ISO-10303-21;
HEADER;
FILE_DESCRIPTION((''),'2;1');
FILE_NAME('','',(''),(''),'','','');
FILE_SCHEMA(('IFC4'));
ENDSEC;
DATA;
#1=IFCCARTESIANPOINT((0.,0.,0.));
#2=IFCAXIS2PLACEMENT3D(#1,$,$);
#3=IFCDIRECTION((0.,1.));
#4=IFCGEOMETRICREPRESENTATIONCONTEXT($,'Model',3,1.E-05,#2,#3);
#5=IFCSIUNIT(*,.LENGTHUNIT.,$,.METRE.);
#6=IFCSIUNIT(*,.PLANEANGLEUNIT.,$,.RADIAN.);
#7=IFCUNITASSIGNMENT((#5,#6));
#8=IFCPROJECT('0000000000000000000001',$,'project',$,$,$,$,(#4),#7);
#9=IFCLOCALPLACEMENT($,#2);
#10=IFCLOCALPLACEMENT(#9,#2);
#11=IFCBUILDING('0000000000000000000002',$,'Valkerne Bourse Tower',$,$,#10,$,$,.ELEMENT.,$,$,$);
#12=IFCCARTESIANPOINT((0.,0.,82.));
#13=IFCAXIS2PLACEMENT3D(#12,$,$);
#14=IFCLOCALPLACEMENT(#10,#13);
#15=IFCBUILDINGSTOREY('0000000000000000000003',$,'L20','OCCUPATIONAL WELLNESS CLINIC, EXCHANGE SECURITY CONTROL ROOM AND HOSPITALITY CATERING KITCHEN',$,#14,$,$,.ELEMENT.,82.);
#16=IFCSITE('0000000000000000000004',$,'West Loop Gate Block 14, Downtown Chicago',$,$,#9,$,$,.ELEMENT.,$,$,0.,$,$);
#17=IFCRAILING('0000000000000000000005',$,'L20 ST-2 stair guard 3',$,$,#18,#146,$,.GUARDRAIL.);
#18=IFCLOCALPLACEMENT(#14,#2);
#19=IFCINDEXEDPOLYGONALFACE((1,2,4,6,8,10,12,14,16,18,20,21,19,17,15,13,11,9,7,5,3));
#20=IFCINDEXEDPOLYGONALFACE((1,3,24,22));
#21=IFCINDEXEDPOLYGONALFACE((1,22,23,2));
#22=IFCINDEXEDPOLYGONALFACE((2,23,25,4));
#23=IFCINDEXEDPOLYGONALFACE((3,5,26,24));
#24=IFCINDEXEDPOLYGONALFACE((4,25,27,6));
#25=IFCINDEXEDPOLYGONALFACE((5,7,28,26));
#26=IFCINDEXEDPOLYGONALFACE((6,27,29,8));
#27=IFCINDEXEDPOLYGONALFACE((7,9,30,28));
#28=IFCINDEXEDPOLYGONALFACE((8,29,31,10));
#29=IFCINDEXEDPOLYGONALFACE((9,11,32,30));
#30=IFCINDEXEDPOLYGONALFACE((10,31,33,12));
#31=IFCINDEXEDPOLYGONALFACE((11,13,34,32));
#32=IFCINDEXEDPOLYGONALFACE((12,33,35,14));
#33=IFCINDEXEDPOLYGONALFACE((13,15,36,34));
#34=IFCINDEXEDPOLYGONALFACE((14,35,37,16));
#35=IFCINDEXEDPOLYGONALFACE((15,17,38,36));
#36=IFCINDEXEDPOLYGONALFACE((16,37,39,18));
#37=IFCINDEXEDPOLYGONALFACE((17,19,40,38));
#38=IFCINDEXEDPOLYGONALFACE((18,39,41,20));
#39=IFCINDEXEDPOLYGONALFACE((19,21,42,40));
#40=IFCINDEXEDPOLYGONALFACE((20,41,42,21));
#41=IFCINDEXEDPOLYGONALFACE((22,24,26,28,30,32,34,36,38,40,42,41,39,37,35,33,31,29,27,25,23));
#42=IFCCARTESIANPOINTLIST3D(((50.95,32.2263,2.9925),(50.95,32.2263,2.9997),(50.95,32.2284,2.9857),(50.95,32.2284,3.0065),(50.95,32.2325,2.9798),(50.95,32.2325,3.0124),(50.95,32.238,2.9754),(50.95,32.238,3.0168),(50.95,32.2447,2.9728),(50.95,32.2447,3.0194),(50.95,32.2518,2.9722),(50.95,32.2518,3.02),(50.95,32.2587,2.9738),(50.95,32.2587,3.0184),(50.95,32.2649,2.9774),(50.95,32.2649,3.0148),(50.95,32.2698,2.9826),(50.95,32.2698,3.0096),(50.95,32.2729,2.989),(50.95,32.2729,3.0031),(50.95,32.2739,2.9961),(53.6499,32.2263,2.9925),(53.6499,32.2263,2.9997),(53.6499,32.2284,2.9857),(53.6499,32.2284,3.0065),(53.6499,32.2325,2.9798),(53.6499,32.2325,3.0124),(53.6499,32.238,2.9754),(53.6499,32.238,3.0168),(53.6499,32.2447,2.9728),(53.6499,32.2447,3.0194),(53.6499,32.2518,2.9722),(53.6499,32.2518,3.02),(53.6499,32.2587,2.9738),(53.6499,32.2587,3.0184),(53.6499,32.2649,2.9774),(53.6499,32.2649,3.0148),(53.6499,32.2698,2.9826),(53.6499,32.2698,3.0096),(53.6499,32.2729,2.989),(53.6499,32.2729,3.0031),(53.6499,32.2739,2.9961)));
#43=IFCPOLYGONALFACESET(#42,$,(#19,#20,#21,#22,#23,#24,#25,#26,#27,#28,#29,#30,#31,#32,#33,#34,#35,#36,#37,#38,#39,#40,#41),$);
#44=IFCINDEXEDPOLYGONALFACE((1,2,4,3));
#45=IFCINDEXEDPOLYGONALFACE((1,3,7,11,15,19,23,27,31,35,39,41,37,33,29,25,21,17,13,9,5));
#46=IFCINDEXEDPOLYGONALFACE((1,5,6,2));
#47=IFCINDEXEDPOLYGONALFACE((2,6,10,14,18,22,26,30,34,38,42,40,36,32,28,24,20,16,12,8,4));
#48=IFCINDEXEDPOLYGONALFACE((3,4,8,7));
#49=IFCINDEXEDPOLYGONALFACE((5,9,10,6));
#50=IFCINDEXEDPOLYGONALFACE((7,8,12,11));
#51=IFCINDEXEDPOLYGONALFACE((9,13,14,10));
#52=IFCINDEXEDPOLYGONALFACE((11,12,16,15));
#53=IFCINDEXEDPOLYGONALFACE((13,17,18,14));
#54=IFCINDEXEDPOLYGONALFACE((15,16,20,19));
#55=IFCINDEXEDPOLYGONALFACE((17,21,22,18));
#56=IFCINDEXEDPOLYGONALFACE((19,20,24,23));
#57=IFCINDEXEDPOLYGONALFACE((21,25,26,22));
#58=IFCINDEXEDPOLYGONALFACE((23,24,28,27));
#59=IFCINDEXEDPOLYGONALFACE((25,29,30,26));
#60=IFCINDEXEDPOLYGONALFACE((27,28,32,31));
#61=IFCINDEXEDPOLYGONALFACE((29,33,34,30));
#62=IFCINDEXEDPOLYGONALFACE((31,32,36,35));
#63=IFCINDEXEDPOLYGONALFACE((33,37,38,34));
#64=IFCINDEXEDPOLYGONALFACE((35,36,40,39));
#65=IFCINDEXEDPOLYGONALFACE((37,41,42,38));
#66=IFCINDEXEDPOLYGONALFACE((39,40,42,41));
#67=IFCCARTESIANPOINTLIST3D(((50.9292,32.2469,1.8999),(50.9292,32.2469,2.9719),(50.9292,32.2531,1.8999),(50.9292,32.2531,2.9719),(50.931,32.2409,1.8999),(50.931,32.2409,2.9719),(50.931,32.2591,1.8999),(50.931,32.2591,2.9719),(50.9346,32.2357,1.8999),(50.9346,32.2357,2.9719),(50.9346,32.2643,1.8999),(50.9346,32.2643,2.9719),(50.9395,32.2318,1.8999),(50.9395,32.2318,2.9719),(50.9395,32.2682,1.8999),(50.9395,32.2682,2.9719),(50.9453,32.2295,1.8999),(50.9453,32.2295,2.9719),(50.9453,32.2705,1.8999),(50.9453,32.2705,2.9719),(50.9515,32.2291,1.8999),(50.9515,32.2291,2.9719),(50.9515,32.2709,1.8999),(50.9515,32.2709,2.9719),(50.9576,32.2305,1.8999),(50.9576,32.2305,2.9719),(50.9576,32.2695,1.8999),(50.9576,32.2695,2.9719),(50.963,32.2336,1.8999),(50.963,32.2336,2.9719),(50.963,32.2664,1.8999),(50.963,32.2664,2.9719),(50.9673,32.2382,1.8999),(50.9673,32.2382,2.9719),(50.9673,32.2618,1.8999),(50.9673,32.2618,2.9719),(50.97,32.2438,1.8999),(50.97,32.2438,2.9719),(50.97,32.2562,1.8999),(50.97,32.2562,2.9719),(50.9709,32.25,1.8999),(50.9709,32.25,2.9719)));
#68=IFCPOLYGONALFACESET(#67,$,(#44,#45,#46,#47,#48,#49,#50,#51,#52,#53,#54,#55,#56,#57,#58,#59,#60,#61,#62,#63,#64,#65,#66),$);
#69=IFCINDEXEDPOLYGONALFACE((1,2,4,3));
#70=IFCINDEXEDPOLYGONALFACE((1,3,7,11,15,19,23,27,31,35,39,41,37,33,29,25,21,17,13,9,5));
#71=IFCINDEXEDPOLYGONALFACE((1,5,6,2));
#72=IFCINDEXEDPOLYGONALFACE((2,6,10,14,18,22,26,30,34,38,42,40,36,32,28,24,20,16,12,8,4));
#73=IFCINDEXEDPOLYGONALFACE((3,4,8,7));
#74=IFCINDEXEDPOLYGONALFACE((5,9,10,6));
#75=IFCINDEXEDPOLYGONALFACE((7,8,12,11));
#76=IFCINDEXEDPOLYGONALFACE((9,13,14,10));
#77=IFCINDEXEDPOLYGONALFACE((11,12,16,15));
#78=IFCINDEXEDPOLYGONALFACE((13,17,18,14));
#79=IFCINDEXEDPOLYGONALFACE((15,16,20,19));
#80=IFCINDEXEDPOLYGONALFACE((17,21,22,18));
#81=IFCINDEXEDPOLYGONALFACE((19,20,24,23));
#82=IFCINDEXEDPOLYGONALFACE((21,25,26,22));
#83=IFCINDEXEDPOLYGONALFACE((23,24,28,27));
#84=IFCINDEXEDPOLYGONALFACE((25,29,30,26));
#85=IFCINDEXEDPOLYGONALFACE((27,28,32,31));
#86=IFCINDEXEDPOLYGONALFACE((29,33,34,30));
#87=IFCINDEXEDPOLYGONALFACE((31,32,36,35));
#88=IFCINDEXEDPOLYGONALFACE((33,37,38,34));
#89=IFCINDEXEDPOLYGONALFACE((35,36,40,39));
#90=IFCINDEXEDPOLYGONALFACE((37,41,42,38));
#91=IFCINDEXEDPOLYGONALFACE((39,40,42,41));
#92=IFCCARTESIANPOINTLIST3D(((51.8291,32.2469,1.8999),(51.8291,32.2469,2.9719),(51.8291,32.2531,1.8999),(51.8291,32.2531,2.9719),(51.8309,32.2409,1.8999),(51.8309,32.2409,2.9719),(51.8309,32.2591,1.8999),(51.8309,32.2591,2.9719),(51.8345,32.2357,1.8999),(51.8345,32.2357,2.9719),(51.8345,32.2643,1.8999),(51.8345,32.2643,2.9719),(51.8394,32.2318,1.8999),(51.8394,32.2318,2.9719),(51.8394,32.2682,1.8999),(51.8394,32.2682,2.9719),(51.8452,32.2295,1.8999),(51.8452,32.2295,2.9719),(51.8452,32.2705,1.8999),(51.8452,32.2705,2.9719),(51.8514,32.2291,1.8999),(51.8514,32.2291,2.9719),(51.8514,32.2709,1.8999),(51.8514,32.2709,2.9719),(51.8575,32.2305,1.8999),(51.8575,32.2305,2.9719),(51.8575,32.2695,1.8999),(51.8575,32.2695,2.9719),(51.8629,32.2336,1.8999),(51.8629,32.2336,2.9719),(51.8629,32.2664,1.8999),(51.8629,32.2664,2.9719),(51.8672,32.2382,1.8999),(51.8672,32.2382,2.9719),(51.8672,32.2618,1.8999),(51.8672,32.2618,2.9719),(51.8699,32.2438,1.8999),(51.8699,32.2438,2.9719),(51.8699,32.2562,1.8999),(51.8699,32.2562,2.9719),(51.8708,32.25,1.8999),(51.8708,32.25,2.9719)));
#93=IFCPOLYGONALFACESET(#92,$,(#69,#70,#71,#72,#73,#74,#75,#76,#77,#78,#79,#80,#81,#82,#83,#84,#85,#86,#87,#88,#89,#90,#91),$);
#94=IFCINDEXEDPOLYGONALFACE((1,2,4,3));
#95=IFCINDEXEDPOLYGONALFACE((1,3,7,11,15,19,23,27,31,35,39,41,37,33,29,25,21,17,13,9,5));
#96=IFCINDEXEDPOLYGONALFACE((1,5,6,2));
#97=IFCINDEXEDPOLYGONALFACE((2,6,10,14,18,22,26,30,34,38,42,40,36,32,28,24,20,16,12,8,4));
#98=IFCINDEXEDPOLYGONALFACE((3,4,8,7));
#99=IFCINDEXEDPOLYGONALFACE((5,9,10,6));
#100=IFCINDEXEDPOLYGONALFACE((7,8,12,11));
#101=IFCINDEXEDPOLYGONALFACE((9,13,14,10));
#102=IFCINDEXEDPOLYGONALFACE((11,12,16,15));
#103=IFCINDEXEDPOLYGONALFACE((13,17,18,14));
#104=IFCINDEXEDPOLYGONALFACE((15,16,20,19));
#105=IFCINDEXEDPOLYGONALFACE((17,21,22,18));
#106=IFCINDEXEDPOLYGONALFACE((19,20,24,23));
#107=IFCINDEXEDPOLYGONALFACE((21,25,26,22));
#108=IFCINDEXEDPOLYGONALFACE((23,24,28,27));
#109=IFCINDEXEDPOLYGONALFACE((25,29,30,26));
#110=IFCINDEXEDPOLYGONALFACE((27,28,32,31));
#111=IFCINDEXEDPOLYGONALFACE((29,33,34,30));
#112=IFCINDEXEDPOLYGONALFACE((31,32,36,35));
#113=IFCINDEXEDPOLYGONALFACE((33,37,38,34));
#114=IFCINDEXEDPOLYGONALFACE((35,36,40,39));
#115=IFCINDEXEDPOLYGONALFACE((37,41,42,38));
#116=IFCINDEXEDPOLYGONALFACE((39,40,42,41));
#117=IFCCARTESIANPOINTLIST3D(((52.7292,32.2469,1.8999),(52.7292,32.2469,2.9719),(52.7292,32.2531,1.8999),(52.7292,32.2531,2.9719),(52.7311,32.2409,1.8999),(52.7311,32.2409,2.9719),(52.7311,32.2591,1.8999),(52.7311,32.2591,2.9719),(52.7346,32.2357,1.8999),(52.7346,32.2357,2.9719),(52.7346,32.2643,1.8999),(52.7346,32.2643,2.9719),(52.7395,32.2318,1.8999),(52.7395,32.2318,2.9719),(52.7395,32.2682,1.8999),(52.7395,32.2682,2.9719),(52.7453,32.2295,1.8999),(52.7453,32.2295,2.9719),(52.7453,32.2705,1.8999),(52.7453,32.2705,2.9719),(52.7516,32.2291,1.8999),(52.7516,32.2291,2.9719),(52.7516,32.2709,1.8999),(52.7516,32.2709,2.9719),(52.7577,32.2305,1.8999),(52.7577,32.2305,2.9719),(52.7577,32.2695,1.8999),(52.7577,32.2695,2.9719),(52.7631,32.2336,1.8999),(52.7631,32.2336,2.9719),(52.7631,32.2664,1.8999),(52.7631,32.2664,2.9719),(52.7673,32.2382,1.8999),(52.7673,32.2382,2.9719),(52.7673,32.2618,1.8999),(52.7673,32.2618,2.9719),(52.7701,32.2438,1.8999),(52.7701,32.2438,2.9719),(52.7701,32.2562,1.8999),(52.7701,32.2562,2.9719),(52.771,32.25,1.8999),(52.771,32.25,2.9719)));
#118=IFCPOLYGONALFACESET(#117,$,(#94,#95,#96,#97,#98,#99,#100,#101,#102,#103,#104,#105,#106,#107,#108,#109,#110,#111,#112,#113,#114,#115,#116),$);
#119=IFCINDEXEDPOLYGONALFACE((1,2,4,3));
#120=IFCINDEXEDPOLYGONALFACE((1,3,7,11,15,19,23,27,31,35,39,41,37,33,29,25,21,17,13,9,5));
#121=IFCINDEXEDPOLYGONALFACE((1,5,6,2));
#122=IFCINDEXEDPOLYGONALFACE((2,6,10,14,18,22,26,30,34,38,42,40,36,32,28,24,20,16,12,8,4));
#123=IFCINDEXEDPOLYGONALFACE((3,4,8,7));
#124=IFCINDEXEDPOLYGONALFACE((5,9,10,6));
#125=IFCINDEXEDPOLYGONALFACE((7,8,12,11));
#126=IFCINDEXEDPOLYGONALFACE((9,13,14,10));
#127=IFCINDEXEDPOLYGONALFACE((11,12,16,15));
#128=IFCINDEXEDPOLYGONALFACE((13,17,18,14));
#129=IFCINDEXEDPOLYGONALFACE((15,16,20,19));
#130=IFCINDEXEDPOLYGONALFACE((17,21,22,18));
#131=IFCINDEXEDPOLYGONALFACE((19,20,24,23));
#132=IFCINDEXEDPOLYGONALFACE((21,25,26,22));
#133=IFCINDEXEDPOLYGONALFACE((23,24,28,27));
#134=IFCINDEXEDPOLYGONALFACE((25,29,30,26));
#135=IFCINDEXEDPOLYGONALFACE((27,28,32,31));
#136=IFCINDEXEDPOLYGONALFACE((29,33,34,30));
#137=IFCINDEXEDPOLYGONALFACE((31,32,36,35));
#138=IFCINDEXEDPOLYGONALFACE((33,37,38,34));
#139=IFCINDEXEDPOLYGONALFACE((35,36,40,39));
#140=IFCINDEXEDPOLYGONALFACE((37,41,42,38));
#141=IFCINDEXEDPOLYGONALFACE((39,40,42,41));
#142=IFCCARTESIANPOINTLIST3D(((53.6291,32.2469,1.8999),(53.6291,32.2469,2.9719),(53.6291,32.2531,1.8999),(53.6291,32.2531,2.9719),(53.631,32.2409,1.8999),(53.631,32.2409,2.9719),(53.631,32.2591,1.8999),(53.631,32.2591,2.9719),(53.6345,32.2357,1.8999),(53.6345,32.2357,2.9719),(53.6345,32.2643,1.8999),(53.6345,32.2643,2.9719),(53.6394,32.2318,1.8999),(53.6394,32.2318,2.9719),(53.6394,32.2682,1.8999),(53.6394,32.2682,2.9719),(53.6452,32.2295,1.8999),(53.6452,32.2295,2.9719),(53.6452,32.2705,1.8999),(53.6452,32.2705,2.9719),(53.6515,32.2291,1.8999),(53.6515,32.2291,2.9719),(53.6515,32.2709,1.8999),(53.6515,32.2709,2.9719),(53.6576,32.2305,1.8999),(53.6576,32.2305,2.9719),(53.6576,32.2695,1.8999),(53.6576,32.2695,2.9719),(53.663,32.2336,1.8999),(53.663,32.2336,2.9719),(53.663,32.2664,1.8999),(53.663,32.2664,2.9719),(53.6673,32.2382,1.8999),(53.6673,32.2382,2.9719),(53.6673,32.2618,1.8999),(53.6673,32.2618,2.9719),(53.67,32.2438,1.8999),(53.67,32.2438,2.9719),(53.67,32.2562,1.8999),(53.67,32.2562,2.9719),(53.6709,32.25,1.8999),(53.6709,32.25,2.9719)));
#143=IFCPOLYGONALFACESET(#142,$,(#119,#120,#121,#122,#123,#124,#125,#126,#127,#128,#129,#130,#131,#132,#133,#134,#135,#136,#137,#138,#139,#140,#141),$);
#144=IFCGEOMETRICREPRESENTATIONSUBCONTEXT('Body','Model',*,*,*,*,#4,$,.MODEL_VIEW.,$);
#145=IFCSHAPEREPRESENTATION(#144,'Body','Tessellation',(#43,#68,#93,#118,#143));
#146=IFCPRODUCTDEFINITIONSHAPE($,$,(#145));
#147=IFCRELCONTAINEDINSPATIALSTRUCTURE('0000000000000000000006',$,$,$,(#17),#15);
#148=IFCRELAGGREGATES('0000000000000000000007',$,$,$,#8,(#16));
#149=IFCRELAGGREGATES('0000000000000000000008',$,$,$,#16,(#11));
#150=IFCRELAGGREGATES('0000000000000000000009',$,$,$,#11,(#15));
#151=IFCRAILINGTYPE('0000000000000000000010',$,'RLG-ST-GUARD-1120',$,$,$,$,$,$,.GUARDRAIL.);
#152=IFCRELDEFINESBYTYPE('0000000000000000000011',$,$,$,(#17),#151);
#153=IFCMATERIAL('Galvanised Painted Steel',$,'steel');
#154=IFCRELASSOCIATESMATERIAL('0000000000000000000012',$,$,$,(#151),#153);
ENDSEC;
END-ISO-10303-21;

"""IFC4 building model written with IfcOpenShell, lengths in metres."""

from ifc_helpers import new_model, si_unit, direction, frame, origin, origin_2d, place, context, subcontext, project, spatial, circle, extrude, material, type_object, element, save


model = new_model("IFC4")

# Units and contexts
model_context = context("Model", 3, precision=1e-05, world=origin(), true_north=direction((0.0, 1.0)))
body_context = subcontext(model_context, "Body", "Model", "MODEL_VIEW")
ifc_project = project(units=[si_unit("LENGTHUNIT", "METRE"), si_unit("PLANEANGLEUNIT", "RADIAN")], contexts=[model_context])

# Site, building, storey
site_placement = place(None, origin())
site = spatial("IfcSite", under=ifc_project, at=site_placement, Name="West Loop Gate Block 14, Downtown Chicago", CompositionType="ELEMENT", RefElevation=0.0)
building_placement = place(site_placement, origin())
building = spatial("IfcBuilding", under=site, at=building_placement, Name="Valkerne Bourse Tower", CompositionType="ELEMENT")
storey_placement = place(building_placement, frame((0.0, 0.0, 82.0)))
storey = spatial("IfcBuildingStorey", under=building, at=storey_placement, Name="L20", Description="OCCUPATIONAL WELLNESS CLINIC, EXCHANGE SECURITY CONTROL ROOM AND HOSPITALITY CATERING KITCHEN", CompositionType="ELEMENT", Elevation=82.0)

# Railing
ifc_material_1 = material(Name="Galvanised Painted Steel", Category="steel")
railing_type_1 = type_object("IfcRailingType", Name="RLG-ST-GUARD-1120", PredefinedType="GUARDRAIL", material=ifc_material_1)
for number, where, name in (
    (1, (50.95, 32.25, 1.8999), "L20 ST-2 stair guard 3"),
):
    element("IfcRailing", number, at=place(storey_placement, frame(where)), inside=storey, type_object=railing_type_1, Name=name, PredefinedType="GUARDRAIL", context=body_context, shape_type="SweptSolid", body=[
        extrude(circle(Radius=0.0239, at=origin_2d()), frame((0.0, 0.0, 1.0962), z_axis=(1.0, 0.0, 0.0), x_axis=(0.0, 1.0, 0.0)), (0.0, 0.0, 1.0), 2.7),
        extrude(circle(Radius=0.021, at=origin_2d()), origin(), (0.0, 0.0, 1.0), 1.072),
        extrude(circle(Radius=0.021, at=origin_2d()), frame((0.8999, 0.0, 0.0)), (0.0, 0.0, 1.0), 1.072),
        extrude(circle(Radius=0.021, at=origin_2d()), frame((1.8, 0.0, 0.0)), (0.0, 0.0, 1.0), 1.072),
        extrude(circle(Radius=0.021, at=origin_2d()), frame((2.7, 0.0, 0.0)), (0.0, 0.0, 1.0), 1.072),
    ])

save(model, "model.ifc")
